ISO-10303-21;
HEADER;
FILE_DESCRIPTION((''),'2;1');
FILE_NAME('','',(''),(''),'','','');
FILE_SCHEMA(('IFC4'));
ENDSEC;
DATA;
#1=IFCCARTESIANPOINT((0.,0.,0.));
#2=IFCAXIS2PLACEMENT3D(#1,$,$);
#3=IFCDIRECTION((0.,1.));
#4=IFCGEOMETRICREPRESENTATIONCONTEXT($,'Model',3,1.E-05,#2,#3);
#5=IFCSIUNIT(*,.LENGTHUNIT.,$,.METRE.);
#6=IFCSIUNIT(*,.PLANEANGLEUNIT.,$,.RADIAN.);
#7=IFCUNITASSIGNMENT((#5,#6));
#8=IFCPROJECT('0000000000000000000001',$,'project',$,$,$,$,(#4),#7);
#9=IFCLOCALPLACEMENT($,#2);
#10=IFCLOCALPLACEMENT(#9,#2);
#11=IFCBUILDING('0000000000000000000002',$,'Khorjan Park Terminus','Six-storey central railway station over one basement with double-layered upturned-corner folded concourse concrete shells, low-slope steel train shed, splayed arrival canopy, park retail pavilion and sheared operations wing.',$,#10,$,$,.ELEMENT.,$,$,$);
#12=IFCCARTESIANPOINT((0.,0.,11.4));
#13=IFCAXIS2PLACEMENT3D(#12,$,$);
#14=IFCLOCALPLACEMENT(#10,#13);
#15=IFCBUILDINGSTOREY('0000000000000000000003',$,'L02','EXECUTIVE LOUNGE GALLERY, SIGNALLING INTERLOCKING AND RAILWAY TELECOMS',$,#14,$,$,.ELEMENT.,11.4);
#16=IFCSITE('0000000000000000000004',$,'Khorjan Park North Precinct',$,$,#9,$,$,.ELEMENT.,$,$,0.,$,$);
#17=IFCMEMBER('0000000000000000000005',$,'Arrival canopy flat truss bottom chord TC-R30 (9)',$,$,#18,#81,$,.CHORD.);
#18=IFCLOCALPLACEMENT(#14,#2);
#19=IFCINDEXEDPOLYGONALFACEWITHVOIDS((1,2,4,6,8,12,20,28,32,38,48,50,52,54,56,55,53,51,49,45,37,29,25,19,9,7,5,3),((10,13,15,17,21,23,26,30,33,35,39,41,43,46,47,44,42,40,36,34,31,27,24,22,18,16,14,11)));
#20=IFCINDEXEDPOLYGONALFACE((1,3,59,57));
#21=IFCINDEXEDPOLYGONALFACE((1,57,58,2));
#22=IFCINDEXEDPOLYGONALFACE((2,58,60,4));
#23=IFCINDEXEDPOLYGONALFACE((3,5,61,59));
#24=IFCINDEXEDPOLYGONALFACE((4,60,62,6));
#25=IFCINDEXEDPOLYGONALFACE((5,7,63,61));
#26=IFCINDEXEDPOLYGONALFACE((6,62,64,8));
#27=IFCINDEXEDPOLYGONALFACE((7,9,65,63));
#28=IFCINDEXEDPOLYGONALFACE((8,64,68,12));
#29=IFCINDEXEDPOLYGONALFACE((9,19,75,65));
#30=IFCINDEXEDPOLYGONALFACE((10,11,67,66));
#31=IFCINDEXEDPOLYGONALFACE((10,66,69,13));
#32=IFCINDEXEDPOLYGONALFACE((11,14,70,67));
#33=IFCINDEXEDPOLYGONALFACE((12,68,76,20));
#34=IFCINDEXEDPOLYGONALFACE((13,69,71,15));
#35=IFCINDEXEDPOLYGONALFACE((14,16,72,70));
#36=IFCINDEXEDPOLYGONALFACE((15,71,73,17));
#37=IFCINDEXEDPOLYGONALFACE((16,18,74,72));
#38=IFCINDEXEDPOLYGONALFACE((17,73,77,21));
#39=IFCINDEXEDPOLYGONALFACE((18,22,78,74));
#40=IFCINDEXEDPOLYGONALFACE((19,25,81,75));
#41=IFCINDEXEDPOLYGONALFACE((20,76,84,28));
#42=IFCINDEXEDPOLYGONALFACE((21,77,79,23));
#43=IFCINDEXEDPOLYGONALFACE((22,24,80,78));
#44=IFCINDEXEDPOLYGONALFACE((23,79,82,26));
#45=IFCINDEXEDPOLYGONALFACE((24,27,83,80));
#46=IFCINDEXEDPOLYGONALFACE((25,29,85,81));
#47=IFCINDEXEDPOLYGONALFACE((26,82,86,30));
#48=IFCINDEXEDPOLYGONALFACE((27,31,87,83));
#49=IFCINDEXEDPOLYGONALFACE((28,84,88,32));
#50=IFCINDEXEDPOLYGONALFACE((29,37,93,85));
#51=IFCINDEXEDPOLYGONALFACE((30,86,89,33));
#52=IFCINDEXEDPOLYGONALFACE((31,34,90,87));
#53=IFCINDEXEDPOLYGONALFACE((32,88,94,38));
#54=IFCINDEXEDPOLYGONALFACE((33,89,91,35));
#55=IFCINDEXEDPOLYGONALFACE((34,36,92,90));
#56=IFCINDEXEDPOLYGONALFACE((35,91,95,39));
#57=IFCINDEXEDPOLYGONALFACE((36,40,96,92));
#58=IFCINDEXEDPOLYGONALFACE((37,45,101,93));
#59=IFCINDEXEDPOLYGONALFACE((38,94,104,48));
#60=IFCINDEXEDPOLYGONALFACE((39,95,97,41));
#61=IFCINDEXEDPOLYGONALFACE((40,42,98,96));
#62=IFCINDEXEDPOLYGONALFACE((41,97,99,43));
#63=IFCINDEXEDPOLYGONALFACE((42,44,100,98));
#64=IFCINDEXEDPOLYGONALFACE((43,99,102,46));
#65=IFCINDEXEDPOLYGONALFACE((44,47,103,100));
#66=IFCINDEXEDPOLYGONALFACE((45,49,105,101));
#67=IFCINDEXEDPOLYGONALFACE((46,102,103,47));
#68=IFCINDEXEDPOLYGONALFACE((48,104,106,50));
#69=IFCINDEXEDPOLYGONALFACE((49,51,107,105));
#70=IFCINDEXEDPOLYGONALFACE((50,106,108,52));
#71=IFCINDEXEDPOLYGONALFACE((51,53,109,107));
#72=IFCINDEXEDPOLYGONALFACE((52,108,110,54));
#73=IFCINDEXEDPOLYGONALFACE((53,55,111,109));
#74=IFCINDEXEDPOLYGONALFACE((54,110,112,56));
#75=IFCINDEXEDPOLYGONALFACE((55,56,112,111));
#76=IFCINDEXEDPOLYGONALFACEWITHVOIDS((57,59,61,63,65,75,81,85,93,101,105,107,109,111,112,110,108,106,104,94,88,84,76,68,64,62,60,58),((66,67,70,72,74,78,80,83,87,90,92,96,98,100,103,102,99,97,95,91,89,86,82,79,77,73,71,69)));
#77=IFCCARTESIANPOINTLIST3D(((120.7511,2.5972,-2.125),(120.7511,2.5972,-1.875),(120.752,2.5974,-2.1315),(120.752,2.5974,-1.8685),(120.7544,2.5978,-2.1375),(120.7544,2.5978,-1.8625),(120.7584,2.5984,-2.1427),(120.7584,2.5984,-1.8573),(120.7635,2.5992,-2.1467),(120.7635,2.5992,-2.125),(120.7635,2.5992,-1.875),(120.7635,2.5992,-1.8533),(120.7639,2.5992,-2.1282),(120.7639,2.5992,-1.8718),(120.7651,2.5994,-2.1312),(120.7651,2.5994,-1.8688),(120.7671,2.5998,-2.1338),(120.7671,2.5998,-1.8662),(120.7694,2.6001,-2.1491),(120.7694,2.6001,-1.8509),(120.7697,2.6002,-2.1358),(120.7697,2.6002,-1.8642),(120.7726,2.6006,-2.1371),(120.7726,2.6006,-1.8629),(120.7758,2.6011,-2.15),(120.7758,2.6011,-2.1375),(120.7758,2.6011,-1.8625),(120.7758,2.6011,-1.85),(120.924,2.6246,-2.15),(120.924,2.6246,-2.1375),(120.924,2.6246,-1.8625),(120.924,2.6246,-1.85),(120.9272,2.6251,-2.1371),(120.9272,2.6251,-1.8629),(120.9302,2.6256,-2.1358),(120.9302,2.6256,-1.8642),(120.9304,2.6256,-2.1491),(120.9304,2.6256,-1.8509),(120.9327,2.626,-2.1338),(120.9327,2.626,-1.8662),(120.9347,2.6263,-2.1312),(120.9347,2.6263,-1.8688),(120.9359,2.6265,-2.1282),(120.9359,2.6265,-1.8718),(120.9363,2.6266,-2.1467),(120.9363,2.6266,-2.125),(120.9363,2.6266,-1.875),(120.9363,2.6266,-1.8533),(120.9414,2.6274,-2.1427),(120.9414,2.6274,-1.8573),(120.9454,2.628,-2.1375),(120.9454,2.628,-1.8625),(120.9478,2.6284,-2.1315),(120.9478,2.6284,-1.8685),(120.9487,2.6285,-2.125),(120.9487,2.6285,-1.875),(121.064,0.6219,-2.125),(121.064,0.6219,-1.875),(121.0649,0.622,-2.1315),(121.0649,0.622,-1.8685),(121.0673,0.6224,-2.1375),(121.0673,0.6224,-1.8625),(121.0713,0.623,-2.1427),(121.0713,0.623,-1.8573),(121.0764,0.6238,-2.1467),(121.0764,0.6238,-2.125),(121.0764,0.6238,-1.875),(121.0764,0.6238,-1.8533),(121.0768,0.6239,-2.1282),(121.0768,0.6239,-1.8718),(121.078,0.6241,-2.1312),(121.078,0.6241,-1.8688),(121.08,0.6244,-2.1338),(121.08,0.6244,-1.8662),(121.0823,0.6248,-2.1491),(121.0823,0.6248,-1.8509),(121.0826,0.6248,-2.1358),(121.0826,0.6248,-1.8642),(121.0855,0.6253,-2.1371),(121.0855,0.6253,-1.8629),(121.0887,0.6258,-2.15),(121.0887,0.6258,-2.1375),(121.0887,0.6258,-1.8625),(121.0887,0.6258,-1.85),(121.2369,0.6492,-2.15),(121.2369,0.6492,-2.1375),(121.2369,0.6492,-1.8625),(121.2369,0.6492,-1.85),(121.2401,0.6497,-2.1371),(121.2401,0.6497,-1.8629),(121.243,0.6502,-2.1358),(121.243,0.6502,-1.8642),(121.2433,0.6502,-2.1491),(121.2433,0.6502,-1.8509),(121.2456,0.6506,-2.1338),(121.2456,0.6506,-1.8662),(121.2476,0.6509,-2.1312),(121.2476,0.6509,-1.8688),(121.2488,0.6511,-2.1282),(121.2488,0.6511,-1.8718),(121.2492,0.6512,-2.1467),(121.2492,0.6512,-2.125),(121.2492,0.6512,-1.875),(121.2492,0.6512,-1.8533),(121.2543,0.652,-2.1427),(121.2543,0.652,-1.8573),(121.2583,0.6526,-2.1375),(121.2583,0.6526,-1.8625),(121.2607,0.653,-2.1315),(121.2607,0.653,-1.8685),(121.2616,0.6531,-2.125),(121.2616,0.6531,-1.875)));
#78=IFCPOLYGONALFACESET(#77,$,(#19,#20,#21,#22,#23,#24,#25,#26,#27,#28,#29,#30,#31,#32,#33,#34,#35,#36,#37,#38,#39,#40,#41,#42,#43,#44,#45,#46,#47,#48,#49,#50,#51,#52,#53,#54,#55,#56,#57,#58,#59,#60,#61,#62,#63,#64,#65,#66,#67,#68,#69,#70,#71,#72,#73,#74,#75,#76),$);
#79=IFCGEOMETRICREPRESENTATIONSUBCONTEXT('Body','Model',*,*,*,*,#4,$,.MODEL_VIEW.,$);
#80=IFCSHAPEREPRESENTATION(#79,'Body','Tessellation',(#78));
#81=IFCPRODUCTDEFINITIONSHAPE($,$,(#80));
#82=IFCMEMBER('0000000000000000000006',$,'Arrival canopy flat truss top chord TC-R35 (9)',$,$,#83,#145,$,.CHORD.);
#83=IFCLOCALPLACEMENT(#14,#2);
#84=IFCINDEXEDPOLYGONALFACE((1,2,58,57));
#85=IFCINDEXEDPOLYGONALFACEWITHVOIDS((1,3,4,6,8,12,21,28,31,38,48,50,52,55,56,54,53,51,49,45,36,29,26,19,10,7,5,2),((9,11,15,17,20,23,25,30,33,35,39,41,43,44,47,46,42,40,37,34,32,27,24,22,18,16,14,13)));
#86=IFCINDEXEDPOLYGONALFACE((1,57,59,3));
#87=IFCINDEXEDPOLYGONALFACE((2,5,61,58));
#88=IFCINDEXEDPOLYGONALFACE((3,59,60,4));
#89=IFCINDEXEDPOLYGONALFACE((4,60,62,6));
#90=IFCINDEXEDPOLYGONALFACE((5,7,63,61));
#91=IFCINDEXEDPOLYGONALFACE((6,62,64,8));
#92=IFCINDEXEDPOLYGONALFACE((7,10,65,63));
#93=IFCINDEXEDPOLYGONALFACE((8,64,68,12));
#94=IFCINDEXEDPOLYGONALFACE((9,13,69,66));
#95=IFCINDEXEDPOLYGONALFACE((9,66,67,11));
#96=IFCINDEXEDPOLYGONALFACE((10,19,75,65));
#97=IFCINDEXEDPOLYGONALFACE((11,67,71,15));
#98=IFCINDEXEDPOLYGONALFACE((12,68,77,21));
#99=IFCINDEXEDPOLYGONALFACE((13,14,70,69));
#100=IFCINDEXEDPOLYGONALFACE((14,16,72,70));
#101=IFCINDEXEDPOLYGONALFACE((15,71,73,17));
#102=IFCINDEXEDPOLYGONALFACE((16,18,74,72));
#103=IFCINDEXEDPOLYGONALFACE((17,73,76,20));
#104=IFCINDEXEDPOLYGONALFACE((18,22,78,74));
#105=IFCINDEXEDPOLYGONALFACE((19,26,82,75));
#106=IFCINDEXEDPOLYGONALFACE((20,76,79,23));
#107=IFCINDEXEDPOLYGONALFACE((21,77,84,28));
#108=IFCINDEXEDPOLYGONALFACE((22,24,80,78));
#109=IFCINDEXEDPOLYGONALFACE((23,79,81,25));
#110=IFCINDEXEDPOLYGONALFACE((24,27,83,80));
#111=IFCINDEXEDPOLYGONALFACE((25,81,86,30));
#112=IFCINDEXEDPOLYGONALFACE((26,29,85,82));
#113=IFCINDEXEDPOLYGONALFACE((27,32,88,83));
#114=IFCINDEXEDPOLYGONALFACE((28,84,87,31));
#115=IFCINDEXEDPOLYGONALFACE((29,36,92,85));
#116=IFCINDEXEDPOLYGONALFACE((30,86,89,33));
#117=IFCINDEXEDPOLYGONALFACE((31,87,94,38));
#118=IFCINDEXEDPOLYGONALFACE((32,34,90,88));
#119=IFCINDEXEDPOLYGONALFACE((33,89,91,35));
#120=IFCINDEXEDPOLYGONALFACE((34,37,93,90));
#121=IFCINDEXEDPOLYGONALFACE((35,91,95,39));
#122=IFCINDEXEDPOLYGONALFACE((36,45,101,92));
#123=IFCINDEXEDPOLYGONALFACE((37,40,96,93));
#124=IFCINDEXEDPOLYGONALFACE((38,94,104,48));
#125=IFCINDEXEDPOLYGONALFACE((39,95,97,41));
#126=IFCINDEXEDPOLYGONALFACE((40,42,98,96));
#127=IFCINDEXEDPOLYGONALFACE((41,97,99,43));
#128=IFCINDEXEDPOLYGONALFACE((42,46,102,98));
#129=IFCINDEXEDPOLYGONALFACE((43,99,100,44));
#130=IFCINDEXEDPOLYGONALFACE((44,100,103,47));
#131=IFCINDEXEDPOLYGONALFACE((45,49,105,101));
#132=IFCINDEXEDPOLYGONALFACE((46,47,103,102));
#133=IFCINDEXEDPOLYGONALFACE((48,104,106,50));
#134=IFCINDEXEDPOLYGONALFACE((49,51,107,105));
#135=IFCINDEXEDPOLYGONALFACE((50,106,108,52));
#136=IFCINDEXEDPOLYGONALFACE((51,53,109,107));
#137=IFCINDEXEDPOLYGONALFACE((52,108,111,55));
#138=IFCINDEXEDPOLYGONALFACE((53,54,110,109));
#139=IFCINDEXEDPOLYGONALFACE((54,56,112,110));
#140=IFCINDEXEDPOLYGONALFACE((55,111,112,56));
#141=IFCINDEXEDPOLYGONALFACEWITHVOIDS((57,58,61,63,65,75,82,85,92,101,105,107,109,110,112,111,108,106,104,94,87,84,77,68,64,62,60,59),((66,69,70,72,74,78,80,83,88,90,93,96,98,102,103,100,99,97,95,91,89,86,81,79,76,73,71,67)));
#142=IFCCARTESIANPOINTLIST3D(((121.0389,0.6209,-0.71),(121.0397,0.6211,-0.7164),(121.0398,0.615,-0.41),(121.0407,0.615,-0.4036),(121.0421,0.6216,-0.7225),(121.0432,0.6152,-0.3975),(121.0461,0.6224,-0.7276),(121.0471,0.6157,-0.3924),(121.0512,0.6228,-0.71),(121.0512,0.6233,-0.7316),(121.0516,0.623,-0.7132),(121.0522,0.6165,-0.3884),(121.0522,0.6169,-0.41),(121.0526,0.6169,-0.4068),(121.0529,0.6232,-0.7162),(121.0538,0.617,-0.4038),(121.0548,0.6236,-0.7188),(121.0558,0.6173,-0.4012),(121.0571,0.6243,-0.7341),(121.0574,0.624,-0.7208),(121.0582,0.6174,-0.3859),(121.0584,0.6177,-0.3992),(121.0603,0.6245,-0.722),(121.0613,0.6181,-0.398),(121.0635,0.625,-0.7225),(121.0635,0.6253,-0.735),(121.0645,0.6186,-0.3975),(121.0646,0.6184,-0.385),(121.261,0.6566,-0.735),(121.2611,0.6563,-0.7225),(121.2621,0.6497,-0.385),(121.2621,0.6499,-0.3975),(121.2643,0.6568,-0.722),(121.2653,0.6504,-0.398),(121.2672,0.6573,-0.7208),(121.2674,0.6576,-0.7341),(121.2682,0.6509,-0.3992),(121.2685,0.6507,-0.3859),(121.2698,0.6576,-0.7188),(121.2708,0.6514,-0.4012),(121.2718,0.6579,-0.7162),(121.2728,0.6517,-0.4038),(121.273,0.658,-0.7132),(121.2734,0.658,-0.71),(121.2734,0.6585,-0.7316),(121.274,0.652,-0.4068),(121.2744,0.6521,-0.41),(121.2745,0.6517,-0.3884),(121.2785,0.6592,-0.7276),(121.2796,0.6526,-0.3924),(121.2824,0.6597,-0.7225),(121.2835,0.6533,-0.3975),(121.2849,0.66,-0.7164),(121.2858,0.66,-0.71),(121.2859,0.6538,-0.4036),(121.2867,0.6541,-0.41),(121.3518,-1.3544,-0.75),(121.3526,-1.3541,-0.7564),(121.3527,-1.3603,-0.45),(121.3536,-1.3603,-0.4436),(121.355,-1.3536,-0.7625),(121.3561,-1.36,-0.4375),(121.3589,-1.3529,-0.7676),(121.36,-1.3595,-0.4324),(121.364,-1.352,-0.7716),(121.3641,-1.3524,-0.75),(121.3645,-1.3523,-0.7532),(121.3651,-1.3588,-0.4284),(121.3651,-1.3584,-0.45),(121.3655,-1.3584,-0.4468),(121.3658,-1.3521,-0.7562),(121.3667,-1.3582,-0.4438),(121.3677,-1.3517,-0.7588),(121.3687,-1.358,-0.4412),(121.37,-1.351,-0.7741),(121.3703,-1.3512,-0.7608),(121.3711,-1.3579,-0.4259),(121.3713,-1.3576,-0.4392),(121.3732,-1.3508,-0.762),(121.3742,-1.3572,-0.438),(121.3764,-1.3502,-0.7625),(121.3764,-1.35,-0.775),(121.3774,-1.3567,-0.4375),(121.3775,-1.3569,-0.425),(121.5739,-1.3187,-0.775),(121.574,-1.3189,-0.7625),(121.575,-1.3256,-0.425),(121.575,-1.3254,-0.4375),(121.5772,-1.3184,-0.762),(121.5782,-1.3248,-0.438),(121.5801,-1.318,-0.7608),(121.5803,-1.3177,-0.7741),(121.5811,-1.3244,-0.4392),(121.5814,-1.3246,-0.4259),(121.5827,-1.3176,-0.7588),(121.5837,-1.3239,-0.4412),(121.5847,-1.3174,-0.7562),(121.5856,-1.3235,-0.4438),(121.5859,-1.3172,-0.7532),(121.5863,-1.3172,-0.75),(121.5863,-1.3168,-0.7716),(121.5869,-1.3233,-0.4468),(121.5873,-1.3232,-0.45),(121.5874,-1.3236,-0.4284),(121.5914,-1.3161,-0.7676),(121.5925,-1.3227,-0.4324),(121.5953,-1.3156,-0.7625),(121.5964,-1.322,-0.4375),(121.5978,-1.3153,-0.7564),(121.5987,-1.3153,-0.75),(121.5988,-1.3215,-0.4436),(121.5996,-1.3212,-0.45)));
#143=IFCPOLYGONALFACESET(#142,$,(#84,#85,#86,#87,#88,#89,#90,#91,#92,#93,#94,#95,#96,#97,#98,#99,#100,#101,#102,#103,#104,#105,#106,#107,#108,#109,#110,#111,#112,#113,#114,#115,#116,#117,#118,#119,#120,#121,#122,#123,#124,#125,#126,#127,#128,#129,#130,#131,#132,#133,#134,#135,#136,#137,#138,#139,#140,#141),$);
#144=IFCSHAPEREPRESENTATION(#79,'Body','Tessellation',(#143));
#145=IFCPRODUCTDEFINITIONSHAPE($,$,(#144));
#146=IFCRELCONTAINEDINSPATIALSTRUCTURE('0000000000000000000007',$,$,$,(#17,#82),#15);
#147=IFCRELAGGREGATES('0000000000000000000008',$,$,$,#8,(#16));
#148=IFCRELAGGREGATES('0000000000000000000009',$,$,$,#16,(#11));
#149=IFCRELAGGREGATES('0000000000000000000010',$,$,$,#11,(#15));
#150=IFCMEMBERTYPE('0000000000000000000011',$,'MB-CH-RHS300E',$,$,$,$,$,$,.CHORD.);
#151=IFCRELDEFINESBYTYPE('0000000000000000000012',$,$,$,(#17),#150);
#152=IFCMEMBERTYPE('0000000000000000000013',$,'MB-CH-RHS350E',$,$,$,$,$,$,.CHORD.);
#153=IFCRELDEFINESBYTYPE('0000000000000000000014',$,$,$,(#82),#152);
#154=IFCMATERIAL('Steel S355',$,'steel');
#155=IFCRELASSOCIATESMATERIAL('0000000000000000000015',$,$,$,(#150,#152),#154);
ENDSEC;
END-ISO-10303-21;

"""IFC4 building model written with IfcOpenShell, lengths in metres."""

from ifc_helpers import new_model, si_unit, direction, frame, origin, origin_2d, place, context, subcontext, project, spatial, hollow_rectangle, extrude, material, material_profile, profile_set, type_object, element, save


model = new_model("IFC4")

# Units and contexts
model_context = context("Model", 3, precision=1e-05, world=origin(), true_north=direction((0.0, 1.0)))
body_context = subcontext(model_context, "Body", "Model", "MODEL_VIEW")
ifc_project = project(units=[si_unit("LENGTHUNIT", "METRE"), si_unit("PLANEANGLEUNIT", "RADIAN")], contexts=[model_context])

# Site, building, storey
site_placement = place(None, origin())
site = spatial("IfcSite", under=ifc_project, at=site_placement, Name="Khorjan Park North Precinct", CompositionType="ELEMENT", RefElevation=0.0)
building_placement = place(site_placement, origin())
building = spatial("IfcBuilding", under=site, at=building_placement, Name="Khorjan Park Terminus", Description="Six-storey central railway station over one basement with double-layered upturned-corner folded concourse concrete shells, low-slope steel train shed, splayed arrival canopy, park retail pavilion and sheared operations wing.", CompositionType="ELEMENT")
storey_placement = place(building_placement, frame((0.0, 0.0, 11.4)))
storey = spatial("IfcBuildingStorey", under=building, at=storey_placement, Name="L02", Description="EXECUTIVE LOUNGE GALLERY, SIGNALLING INTERLOCKING AND RAILWAY TELECOMS", CompositionType="ELEMENT", Elevation=11.4)

# Members
ifc_material_1 = material(Name="Steel S355", Category="steel")
ifc_material_profile_1 = material_profile(ifc_material_1, hollow_rectangle(XDim=0.2, YDim=0.3, WallThickness=0.0125, InnerFilletRadius=0.0125, OuterFilletRadius=0.025, at=origin_2d()), Name="RHS 300x200x12.5")
ifc_profile_set_1 = profile_set([ifc_material_profile_1], Name="Steel S355")
member_type_1 = type_object("IfcMemberType", Name="MB-CH-RHS300E", PredefinedType="CHORD", material=ifc_profile_set_1)
member_1_placement = place(storey_placement, frame((121.1628, 0.6375, -2.0), z_axis=(-0.156448, 0.987686, 0.0), x_axis=(-0.987686, -0.156448, 0.0)))
element("IfcMember", 1, at=member_1_placement, inside=storey, type_object=member_type_1, Name="Arrival canopy flat truss bottom chord TC-R30 (9)", PredefinedType="CHORD", context=body_context, shape_type="SweptSolid", body=[
    extrude(hollow_rectangle(XDim=0.2, YDim=0.3, WallThickness=0.0125, InnerFilletRadius=0.0125, OuterFilletRadius=0.025, at=origin_2d()), origin(), (0.0, 0.0, 1.0), 2.0),
])
ifc_material_profile_2 = material_profile(ifc_material_1, hollow_rectangle(XDim=0.25, YDim=0.35, WallThickness=0.0125, InnerFilletRadius=0.0125, OuterFilletRadius=0.025, at=origin_2d()), Name="RHS 350x250x12.5")
ifc_profile_set_2 = profile_set([ifc_material_profile_2], Name="Steel S355")
member_type_2 = type_object("IfcMemberType", Name="MB-CH-RHS350E", PredefinedType="CHORD", material=ifc_profile_set_2)
member_2_placement = place(storey_placement, frame((121.4757, -1.3378, -0.6), z_axis=(-0.156424, 0.987488, 0.019997), x_axis=(-0.987685, -0.156456, 0.0)))
element("IfcMember", 2, at=member_2_placement, inside=storey, type_object=member_type_2, Name="Arrival canopy flat truss top chord TC-R35 (9)", PredefinedType="CHORD", context=body_context, shape_type="SweptSolid", body=[
    extrude(hollow_rectangle(XDim=0.25, YDim=0.35, WallThickness=0.0125, InnerFilletRadius=0.0125, OuterFilletRadius=0.025, at=origin_2d()), origin(), (0.0, 0.0, 1.0), 2.0003),
])

save(model, "model.ifc")
